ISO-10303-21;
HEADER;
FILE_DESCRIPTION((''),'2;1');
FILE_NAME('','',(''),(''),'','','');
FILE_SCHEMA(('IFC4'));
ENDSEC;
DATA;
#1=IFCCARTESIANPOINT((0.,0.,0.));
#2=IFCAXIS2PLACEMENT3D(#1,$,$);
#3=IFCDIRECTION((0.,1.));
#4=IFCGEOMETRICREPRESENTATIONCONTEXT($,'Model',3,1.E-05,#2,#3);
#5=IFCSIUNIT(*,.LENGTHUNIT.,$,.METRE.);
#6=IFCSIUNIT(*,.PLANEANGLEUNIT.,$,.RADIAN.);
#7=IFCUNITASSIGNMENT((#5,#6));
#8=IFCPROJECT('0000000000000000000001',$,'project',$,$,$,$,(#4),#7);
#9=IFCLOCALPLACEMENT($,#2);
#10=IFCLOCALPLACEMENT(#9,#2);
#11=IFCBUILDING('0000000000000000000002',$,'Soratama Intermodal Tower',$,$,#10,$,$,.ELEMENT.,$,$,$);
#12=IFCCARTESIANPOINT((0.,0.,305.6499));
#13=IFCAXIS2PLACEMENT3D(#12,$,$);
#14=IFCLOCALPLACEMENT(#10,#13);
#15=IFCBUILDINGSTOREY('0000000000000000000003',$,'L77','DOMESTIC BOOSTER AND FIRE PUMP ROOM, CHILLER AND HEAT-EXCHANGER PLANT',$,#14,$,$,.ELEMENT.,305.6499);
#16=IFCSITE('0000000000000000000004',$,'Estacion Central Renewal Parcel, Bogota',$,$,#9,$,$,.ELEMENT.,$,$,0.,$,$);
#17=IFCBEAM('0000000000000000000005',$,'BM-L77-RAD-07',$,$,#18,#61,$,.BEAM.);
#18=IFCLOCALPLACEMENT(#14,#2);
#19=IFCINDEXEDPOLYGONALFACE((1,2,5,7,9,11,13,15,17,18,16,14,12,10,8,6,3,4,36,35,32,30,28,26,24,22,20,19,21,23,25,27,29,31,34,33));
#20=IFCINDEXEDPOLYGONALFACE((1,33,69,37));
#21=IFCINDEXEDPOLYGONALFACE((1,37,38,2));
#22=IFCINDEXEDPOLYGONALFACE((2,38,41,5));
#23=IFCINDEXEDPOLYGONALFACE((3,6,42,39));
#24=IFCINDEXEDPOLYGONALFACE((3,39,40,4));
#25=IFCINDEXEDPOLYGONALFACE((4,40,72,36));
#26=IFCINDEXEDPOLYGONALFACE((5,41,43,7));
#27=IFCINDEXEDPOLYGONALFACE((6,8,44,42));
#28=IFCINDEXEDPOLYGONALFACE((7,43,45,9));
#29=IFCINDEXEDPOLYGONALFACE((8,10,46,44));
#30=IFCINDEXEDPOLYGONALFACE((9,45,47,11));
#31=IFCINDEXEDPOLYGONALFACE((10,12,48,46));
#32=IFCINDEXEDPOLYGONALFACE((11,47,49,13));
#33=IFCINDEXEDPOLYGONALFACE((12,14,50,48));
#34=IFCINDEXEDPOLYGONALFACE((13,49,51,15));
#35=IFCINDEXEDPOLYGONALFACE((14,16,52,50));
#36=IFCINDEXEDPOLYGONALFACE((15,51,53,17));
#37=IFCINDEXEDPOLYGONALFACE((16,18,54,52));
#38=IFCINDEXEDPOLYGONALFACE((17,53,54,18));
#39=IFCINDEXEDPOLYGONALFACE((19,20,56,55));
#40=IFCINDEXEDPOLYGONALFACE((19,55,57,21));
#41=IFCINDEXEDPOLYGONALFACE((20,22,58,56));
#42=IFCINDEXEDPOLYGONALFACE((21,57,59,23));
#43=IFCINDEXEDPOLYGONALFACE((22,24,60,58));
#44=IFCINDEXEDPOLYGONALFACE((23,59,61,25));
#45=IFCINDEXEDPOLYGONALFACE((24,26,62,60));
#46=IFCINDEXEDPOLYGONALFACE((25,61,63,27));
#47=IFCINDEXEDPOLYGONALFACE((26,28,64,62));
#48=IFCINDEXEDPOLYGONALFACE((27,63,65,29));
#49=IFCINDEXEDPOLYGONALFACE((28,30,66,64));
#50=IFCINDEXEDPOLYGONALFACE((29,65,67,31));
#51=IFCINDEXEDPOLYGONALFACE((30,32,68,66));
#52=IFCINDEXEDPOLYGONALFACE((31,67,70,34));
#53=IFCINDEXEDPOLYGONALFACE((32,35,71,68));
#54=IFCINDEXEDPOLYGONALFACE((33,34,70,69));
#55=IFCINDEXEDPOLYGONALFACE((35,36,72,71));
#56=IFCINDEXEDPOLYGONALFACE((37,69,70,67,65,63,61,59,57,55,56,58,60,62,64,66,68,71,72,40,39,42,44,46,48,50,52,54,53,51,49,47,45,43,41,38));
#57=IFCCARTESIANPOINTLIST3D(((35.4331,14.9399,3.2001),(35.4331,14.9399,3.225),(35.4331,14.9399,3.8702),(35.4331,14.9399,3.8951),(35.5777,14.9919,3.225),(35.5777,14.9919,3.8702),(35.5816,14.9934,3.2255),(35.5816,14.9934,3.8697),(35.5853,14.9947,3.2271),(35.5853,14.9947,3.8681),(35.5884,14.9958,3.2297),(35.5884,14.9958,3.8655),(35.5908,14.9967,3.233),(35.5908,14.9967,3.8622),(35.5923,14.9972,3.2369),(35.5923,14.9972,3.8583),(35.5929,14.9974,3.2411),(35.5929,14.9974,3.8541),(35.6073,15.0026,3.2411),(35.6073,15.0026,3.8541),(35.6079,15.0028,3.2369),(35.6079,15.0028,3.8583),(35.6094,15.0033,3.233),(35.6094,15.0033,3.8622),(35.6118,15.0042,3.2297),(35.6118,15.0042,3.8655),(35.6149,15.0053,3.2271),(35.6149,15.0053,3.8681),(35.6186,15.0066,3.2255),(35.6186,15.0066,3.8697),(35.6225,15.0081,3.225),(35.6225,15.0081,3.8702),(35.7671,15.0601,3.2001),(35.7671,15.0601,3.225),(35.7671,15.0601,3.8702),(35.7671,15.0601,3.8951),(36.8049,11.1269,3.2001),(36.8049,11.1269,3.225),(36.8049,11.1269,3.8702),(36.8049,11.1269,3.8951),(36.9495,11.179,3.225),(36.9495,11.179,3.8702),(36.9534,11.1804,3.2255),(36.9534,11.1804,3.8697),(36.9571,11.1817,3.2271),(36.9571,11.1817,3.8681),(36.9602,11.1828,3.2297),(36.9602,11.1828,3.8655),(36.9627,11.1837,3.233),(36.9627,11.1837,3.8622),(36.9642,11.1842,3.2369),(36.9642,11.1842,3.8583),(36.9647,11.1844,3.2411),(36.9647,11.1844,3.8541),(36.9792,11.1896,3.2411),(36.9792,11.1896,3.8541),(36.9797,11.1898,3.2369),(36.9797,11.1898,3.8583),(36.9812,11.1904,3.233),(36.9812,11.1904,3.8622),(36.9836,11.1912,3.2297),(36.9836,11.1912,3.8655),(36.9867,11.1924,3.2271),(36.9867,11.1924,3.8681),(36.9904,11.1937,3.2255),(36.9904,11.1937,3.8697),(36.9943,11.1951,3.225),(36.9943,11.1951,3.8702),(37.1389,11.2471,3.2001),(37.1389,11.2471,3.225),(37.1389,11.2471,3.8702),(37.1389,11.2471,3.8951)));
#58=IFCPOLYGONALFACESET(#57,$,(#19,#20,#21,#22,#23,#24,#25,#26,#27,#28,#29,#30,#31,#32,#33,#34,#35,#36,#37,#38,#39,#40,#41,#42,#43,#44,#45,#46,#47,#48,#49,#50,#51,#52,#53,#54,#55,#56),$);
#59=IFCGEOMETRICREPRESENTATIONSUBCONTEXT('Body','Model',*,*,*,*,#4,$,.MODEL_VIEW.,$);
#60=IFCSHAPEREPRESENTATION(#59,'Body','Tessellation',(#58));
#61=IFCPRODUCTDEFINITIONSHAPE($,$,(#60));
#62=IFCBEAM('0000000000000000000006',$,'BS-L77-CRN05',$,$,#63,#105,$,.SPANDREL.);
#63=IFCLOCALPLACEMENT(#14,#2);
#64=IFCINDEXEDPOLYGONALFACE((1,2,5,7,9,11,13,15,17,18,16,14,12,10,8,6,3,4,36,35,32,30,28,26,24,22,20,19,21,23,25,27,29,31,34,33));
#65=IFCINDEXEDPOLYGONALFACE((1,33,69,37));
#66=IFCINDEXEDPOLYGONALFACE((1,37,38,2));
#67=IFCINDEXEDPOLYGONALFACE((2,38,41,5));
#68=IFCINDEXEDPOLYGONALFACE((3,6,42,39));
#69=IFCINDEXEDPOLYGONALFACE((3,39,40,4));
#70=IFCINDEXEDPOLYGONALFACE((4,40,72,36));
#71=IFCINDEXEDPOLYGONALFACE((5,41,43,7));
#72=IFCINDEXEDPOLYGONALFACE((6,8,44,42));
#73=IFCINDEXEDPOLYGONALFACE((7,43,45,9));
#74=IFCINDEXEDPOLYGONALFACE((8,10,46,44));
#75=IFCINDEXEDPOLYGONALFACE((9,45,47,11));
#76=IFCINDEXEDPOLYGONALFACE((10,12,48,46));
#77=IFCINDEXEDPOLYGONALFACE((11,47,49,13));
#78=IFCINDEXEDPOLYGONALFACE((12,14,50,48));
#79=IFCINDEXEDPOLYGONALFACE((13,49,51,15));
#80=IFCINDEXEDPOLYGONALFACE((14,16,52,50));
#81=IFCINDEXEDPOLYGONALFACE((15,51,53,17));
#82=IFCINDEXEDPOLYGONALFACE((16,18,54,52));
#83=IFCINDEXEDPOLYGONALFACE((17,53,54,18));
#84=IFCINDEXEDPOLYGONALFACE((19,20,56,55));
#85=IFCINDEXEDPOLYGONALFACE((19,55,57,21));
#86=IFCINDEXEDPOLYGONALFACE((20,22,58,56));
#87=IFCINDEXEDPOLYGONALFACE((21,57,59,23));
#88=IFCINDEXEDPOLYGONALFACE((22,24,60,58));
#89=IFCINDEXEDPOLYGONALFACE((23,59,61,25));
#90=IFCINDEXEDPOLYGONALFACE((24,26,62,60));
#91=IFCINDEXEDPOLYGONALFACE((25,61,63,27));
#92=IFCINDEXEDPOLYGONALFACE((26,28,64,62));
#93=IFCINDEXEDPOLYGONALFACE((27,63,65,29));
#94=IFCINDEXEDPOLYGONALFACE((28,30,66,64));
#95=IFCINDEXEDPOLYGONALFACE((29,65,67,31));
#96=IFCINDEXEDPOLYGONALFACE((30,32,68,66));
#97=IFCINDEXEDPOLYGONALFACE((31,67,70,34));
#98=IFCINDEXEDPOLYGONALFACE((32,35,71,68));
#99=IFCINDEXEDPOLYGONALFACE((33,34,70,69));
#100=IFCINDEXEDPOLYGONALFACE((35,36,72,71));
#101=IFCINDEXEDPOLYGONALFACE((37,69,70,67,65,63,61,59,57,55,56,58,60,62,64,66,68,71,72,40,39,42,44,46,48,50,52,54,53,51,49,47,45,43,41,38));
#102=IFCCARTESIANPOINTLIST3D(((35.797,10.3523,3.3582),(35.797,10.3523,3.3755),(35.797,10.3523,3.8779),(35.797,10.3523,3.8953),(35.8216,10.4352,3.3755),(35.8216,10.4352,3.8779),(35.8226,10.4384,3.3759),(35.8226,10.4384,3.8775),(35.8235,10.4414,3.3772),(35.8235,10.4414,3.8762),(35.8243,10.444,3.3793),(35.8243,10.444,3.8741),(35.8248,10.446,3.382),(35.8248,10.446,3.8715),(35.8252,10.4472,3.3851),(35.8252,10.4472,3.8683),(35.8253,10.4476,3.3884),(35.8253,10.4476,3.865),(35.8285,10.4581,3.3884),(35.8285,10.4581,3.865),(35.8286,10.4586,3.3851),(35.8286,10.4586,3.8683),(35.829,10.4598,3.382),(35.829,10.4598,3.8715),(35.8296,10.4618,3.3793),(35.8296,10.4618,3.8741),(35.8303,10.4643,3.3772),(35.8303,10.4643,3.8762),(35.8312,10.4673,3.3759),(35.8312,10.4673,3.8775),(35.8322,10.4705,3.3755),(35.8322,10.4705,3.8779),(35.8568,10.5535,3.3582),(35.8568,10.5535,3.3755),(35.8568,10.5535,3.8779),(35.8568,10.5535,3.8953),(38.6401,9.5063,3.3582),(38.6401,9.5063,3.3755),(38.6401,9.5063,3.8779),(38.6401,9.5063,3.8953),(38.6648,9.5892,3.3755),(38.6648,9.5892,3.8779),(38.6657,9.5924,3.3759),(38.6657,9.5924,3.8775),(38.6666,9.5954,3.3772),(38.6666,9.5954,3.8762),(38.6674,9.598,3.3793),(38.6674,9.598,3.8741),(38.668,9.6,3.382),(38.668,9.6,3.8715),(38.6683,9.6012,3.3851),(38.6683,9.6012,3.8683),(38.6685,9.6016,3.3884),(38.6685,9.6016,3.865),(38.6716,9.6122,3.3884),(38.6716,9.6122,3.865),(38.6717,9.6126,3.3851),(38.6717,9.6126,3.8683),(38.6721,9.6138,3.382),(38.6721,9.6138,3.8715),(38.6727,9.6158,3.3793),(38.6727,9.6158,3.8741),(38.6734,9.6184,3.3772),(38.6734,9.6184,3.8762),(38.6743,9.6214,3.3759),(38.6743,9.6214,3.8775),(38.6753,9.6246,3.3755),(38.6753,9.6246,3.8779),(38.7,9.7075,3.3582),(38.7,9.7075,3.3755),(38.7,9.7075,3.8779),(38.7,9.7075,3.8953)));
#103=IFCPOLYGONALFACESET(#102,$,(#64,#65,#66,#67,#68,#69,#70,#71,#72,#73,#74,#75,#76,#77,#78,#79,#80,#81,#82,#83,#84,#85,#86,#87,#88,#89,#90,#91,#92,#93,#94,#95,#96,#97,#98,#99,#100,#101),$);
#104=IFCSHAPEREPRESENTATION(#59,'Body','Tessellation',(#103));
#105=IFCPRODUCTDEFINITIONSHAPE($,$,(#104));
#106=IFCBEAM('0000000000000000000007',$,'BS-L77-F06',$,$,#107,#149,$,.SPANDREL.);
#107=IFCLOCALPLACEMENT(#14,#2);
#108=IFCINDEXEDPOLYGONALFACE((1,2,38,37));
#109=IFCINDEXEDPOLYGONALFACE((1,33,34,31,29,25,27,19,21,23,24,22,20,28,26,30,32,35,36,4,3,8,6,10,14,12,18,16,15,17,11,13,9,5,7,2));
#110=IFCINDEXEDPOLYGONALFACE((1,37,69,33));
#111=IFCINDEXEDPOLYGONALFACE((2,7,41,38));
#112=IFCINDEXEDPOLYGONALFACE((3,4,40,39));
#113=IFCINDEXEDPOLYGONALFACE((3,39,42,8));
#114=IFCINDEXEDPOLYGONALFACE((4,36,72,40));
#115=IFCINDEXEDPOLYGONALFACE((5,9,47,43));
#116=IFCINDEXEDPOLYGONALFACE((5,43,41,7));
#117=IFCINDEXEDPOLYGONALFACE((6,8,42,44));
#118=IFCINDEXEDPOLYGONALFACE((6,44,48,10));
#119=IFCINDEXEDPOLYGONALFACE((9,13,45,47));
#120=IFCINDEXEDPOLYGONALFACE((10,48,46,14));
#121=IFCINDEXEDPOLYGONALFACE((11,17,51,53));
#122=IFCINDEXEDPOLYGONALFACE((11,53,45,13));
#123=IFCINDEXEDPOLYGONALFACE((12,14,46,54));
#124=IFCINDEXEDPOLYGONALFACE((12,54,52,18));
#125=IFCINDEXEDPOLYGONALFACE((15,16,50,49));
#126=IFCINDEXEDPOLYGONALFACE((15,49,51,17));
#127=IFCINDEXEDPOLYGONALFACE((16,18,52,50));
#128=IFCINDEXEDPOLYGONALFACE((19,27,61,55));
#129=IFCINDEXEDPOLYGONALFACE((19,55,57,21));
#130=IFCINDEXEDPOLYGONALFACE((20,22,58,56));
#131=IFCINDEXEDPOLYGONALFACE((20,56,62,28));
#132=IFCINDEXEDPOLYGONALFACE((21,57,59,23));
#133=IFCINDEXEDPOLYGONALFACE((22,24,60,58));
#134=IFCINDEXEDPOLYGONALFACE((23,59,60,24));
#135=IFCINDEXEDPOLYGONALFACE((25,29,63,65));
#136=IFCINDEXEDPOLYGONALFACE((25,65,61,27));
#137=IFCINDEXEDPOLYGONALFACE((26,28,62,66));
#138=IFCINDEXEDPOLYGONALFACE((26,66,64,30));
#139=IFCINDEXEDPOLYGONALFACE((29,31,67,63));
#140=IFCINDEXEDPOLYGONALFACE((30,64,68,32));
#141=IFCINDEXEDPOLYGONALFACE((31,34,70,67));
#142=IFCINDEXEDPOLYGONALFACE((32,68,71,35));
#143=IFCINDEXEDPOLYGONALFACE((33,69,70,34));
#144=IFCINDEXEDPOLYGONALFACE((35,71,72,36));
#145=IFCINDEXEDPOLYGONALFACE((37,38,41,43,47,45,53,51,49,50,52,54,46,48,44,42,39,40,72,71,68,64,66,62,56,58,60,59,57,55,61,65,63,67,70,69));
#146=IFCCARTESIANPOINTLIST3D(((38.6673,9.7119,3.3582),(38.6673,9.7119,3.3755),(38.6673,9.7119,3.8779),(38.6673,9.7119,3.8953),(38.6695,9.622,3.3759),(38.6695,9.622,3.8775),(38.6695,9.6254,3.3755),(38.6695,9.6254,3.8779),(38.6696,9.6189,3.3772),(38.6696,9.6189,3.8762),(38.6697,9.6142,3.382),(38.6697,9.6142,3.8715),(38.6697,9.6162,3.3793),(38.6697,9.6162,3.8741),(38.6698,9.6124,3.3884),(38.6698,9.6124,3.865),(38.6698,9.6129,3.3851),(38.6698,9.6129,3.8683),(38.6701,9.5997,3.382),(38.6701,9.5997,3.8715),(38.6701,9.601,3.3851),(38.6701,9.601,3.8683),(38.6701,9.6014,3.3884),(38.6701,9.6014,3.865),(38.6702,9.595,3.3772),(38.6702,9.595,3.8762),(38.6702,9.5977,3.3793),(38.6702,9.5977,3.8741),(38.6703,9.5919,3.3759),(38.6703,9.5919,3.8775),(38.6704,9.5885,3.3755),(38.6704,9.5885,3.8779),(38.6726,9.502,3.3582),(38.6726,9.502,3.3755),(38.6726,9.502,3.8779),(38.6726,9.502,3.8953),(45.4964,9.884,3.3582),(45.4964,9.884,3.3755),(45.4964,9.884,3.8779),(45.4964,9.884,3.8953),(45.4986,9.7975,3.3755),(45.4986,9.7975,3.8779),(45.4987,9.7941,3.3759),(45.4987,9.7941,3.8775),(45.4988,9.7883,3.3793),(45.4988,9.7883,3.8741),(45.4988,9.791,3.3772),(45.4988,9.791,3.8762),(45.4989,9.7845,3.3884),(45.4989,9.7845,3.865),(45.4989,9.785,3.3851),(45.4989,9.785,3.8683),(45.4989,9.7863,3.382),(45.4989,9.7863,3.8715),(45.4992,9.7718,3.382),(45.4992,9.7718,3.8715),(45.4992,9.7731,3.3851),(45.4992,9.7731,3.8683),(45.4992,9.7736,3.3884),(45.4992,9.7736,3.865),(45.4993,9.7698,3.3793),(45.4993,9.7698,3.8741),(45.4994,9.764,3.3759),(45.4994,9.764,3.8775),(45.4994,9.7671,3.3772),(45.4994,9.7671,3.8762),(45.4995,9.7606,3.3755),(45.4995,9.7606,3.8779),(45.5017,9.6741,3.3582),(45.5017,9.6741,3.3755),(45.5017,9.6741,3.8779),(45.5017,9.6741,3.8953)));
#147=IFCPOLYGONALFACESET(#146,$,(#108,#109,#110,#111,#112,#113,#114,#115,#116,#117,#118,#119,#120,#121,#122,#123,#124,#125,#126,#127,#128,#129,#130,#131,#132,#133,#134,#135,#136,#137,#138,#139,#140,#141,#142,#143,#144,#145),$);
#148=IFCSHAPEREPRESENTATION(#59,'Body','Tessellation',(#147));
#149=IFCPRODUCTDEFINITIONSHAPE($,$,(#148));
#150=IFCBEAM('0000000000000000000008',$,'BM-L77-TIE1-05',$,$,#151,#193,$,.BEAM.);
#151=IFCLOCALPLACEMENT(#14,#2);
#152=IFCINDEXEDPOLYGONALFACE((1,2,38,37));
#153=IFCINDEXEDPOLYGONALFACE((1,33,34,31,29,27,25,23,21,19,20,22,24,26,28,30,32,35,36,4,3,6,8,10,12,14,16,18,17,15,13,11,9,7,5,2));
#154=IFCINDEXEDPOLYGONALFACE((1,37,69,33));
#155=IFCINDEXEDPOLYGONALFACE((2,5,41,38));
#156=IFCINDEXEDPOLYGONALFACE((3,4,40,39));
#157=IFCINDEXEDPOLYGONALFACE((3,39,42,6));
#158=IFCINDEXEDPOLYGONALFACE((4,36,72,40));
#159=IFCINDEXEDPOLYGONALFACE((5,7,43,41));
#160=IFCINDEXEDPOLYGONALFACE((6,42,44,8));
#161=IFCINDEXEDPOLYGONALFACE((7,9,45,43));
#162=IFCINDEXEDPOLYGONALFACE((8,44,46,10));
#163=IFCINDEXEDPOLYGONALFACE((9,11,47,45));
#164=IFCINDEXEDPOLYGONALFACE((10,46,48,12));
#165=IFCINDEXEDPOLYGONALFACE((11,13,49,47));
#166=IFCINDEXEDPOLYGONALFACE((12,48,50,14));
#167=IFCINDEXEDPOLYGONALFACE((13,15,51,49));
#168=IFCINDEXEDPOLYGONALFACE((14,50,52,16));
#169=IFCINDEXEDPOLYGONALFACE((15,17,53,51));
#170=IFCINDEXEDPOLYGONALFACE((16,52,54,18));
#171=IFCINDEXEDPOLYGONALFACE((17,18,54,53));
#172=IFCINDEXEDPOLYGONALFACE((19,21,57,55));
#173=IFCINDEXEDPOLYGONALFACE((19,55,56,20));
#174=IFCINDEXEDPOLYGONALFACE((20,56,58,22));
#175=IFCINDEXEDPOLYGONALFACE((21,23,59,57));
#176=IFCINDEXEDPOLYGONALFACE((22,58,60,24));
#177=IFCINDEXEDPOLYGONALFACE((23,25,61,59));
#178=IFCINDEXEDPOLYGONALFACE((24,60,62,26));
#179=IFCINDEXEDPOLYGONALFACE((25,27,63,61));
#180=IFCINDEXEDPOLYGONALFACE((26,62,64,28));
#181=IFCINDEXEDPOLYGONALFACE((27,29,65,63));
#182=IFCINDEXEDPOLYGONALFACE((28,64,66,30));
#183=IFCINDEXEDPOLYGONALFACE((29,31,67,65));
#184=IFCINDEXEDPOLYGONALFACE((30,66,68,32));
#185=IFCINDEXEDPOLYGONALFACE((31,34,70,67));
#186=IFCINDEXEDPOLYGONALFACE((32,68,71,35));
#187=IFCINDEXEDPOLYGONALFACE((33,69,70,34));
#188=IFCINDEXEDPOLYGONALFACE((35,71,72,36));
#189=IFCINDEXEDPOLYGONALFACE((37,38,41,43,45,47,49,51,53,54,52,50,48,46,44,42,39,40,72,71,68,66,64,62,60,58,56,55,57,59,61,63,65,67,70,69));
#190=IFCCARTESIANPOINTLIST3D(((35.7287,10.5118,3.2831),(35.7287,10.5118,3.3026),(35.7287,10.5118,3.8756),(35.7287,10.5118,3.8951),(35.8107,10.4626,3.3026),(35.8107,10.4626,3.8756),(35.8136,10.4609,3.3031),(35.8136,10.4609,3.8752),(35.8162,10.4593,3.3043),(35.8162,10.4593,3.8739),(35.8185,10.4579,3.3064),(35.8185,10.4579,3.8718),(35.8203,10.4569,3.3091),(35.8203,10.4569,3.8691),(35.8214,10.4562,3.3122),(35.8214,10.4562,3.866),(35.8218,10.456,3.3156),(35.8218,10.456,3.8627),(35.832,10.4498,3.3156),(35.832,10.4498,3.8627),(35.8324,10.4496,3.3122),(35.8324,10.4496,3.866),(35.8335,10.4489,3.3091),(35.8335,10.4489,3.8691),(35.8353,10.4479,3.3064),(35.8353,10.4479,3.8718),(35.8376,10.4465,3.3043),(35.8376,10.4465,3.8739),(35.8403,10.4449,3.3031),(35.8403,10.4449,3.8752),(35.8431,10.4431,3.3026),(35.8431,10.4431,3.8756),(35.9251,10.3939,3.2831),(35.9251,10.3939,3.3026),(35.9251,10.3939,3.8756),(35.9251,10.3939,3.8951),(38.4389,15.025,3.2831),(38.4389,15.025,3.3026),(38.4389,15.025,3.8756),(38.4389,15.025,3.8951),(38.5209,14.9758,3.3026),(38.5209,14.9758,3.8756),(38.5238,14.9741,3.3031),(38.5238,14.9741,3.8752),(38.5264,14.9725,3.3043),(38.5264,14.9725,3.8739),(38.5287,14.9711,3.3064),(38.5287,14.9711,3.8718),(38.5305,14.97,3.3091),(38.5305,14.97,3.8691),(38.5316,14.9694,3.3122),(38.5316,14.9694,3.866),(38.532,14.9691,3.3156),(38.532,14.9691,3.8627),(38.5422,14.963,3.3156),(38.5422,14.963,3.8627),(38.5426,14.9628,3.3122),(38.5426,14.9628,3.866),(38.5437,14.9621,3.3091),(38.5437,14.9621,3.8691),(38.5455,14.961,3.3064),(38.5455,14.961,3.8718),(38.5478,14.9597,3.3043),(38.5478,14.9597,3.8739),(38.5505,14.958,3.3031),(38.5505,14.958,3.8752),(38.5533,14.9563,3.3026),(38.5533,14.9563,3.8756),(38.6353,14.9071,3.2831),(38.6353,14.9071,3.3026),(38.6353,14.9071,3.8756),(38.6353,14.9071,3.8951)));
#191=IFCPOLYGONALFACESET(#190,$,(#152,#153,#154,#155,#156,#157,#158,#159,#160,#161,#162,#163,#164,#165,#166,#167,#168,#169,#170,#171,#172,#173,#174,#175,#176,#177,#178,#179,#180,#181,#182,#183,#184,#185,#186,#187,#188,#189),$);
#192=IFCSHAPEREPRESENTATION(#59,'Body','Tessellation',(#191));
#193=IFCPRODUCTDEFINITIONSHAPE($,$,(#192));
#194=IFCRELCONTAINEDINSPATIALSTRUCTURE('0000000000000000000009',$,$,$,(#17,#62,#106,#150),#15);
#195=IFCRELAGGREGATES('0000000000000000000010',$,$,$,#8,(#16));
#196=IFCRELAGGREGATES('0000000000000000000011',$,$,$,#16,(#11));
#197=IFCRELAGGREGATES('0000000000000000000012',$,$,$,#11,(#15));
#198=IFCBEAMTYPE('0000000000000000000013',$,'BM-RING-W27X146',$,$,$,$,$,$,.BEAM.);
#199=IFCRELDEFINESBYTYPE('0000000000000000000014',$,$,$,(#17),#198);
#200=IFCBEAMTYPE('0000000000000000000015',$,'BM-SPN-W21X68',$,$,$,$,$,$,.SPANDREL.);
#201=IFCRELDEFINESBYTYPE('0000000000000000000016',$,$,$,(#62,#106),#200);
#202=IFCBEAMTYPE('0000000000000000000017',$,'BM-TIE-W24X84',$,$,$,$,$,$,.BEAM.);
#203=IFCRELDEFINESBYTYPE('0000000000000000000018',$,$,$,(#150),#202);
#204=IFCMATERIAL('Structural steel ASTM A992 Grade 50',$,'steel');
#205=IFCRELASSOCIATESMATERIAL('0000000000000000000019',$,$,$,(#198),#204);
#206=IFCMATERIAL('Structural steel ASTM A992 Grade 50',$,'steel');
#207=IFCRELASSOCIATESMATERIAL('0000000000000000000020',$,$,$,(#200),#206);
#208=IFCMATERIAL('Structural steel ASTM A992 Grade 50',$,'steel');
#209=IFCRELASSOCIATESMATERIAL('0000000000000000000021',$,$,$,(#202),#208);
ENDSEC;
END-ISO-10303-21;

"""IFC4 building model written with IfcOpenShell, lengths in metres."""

from ifc_helpers import new_model, si_unit, direction, frame, origin, origin_2d, place, context, subcontext, project, spatial, i_section, extrude, material, material_profile, profile_set, type_object, element, save


model = new_model("IFC4")

# Units and contexts
model_context = context("Model", 3, precision=1e-05, world=origin(), true_north=direction((0.0, 1.0)))
body_context = subcontext(model_context, "Body", "Model", "MODEL_VIEW")
ifc_project = project(units=[si_unit("LENGTHUNIT", "METRE"), si_unit("PLANEANGLEUNIT", "RADIAN")], contexts=[model_context])

# Site, building, storey
site_placement = place(None, origin())
site = spatial("IfcSite", under=ifc_project, at=site_placement, Name="Estacion Central Renewal Parcel, Bogota", CompositionType="ELEMENT", RefElevation=0.0)
building_placement = place(site_placement, origin())
building = spatial("IfcBuilding", under=site, at=building_placement, Name="Soratama Intermodal Tower", CompositionType="ELEMENT")
storey_placement = place(building_placement, frame((0.0, 0.0, 305.6499)))
storey = spatial("IfcBuildingStorey", under=building, at=storey_placement, Name="L77", Description="DOMESTIC BOOSTER AND FIRE PUMP ROOM, CHILLER AND HEAT-EXCHANGER PLANT", CompositionType="ELEMENT", Elevation=305.6499)

# Beams
ifc_material_1 = material(Name="Structural steel ASTM A992 Grade 50", Category="steel")
ifc_material_profile_1 = material_profile(ifc_material_1, i_section(OverallWidth=0.355, OverallDepth=0.6951, WebThickness=0.0154, FlangeThickness=0.0249, FilletRadius=0.0161, at=origin_2d()), Name="W27X146")
ifc_profile_set_1 = profile_set([ifc_material_profile_1], Name="Structural steel ASTM A992 Grade 50")
beam_type_1 = type_object("IfcBeamType", Name="BM-RING-W27X146", PredefinedType="BEAM", material=ifc_profile_set_1)
beam_1_placement = place(storey_placement, frame((35.6001, 15.0, 3.5476), z_axis=(0.338534, -0.940954, 0.0), x_axis=(0.940954, 0.338534, 0.0)))
element("IfcBeam", 1, at=beam_1_placement, inside=storey, type_object=beam_type_1, Name="BM-L77-RAD-07", PredefinedType="BEAM", context=body_context, shape_type="SweptSolid", body=[
    extrude(i_section(OverallWidth=0.355, OverallDepth=0.6951, WebThickness=0.0154, FlangeThickness=0.0249, FilletRadius=0.0161, at=origin_2d()), origin(), (0.0, 0.0, 1.0), 4.0522),
])
ifc_material_2 = material(Name="Structural steel ASTM A992 Grade 50", Category="steel")
ifc_material_profile_2 = material_profile(ifc_material_2, i_section(OverallWidth=0.21, OverallDepth=0.5371, WebThickness=0.011, FlangeThickness=0.0173, FilletRadius=0.0129, at=origin_2d()), Name="W21X68")
ifc_profile_set_2 = profile_set([ifc_material_profile_2], Name="Structural steel ASTM A992 Grade 50")
beam_type_2 = type_object("IfcBeamType", Name="BM-SPN-W21X68", PredefinedType="SPANDREL", material=ifc_profile_set_2)
beam_2_placement = place(storey_placement, frame((35.8269, 10.4529, 3.6267), z_axis=(0.958469, -0.285195, 0.0), x_axis=(0.285195, 0.958469, 0.0)))
element("IfcBeam", 2, at=beam_2_placement, inside=storey, type_object=beam_type_2, Name="BS-L77-CRN05", PredefinedType="SPANDREL", context=body_context, shape_type="SweptSolid", body=[
    extrude(i_section(OverallWidth=0.21, OverallDepth=0.5371, WebThickness=0.011, FlangeThickness=0.0173, FilletRadius=0.0129, at=origin_2d()), origin(), (0.0, 0.0, 1.0), 2.9663),
])
beam_3_placement = place(storey_placement, frame((38.6699, 9.6069, 3.6267), z_axis=(0.999683, 0.025196, 0.0), x_axis=(-0.025196, 0.999683, 0.0)))
element("IfcBeam", 3, at=beam_3_placement, inside=storey, type_object=beam_type_2, Name="BS-L77-F06", PredefinedType="SPANDREL", context=body_context, shape_type="SweptSolid", body=[
    extrude(i_section(OverallWidth=0.21, OverallDepth=0.5371, WebThickness=0.011, FlangeThickness=0.0173, FilletRadius=0.0129, at=origin_2d()), origin(), (0.0, 0.0, 1.0), 6.8313),
])
ifc_material_3 = material(Name="Structural steel ASTM A992 Grade 50", Category="steel")
ifc_material_profile_3 = material_profile(ifc_material_3, i_section(OverallWidth=0.229, OverallDepth=0.6121, WebThickness=0.012, FlangeThickness=0.0195, FilletRadius=0.0129, at=origin_2d()), Name="W24X84")
ifc_profile_set_3 = profile_set([ifc_material_profile_3], Name="Structural steel ASTM A992 Grade 50")
beam_type_3 = type_object("IfcBeamType", Name="BM-TIE-W24X84", PredefinedType="BEAM", material=ifc_profile_set_3)
beam_4_placement = place(storey_placement, frame((38.5371, 14.9661, 3.5891), z_axis=(-0.514816, -0.857301, 0.0), x_axis=(0.857301, -0.514816, 0.0)))
element("IfcBeam", 4, at=beam_4_placement, inside=storey, type_object=beam_type_3, Name="BM-L77-TIE1-05", PredefinedType="BEAM", context=body_context, shape_type="SweptSolid", body=[
    extrude(i_section(OverallWidth=0.229, OverallDepth=0.6121, WebThickness=0.012, FlangeThickness=0.0195, FilletRadius=0.0129, at=origin_2d()), origin(), (0.0, 0.0, 1.0), 5.2644),
])

save(model, "model.ifc")
